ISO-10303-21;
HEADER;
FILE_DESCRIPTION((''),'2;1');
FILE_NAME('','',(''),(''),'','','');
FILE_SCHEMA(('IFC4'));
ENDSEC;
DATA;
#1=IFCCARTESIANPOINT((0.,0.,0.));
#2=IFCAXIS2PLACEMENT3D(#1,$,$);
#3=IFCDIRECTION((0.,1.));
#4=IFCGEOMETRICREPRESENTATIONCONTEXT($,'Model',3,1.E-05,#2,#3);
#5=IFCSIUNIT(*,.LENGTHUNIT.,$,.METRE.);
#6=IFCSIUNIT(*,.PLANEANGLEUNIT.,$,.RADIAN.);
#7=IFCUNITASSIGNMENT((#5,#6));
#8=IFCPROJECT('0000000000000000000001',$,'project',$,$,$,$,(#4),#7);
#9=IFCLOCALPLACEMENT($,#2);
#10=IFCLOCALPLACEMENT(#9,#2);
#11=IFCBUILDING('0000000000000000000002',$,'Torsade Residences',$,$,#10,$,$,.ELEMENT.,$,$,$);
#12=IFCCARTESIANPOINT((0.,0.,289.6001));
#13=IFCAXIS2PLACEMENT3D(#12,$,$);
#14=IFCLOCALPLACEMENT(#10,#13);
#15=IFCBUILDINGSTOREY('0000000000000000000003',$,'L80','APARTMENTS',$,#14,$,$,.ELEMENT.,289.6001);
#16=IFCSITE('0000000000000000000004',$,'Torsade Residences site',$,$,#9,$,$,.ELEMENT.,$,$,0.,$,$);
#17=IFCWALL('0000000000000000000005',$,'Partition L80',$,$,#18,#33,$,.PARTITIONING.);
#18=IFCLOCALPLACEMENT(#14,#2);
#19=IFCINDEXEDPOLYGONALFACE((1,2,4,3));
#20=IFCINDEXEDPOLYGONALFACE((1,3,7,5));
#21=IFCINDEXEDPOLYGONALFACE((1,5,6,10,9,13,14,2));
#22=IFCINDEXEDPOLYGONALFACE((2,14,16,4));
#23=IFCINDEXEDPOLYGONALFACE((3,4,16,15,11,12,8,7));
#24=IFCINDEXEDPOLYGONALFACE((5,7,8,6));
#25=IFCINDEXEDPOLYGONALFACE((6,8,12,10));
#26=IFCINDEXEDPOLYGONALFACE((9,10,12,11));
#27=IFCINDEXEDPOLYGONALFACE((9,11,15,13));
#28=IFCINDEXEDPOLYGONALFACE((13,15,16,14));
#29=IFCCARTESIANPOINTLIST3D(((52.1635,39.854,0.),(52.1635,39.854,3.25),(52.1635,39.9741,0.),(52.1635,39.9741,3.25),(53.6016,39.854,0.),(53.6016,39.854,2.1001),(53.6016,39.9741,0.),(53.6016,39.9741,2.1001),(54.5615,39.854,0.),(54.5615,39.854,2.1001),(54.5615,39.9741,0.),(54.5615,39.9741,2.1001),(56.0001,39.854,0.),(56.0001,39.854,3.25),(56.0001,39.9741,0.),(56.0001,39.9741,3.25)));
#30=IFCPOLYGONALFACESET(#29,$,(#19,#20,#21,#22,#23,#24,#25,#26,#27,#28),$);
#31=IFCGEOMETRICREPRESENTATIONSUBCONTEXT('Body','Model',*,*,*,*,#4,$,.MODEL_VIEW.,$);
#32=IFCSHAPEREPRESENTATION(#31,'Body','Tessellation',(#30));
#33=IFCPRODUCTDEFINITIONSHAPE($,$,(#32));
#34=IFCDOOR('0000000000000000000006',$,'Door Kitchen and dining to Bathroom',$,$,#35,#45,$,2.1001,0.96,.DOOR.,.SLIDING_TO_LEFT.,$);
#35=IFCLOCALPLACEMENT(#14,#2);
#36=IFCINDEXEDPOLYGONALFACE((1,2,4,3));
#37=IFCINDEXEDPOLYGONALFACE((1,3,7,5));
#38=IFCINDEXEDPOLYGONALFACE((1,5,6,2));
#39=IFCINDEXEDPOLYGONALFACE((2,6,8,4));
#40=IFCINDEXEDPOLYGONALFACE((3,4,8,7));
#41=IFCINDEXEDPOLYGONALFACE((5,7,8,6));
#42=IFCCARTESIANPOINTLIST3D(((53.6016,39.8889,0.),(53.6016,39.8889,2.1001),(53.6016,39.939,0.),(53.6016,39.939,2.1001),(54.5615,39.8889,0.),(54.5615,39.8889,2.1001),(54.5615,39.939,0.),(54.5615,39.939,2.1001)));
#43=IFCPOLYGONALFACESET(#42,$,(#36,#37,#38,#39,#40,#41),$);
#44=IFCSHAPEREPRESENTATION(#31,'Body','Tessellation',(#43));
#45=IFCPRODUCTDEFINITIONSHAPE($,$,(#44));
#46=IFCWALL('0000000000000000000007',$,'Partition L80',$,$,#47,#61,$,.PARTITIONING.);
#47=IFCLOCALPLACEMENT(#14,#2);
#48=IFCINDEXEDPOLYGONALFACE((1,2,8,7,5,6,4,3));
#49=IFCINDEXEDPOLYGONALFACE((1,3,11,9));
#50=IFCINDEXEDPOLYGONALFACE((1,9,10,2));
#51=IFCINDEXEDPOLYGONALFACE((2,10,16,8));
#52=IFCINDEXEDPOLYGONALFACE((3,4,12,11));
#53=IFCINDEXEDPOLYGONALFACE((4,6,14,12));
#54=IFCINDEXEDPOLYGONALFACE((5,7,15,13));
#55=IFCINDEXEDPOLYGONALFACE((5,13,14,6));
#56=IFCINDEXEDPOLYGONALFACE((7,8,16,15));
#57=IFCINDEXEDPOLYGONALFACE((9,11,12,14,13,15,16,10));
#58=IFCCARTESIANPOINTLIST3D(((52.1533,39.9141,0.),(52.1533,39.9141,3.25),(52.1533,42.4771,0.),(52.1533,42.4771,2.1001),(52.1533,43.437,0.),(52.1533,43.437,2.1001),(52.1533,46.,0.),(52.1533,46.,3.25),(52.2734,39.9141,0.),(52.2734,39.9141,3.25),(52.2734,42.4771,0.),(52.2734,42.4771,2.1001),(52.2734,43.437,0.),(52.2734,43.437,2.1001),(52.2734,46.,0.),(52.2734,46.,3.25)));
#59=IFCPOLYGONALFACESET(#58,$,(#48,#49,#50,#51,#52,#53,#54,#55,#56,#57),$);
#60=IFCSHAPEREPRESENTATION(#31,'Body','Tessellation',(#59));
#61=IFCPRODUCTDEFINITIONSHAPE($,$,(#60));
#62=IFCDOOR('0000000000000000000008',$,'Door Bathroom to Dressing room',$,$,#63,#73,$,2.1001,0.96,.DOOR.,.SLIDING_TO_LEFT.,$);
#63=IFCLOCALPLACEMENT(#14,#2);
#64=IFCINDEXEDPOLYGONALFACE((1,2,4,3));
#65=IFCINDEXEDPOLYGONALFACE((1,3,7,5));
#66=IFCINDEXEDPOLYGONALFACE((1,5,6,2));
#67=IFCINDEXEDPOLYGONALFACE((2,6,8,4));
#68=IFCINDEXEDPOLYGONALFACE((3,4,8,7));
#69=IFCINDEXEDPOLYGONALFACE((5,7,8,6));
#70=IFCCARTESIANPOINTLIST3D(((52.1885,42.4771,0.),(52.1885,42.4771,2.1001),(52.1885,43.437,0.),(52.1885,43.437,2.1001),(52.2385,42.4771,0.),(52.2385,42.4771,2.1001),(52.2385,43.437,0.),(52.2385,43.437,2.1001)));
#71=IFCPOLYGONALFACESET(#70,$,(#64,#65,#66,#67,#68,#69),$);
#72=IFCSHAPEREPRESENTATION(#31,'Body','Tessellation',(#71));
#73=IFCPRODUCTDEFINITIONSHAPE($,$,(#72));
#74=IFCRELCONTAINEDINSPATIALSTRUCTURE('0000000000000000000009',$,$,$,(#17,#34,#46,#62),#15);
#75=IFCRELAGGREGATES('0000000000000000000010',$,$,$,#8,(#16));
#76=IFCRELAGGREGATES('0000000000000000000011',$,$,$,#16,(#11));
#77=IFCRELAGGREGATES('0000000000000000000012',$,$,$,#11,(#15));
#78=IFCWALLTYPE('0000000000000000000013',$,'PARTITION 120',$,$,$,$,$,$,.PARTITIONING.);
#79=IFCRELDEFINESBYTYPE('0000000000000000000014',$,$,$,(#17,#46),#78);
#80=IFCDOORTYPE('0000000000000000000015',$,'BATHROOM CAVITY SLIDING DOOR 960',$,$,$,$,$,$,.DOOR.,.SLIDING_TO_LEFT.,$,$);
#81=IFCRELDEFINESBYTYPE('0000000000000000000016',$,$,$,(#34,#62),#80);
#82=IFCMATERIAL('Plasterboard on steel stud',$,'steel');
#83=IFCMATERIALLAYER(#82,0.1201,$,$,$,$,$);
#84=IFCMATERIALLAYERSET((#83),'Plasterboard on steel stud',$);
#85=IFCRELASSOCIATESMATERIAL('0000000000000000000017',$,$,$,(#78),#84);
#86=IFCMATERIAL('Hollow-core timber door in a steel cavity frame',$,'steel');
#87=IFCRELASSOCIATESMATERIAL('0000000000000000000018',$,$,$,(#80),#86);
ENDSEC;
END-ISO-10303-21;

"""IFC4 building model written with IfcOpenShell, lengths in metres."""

from ifc_helpers import new_model, si_unit, direction, frame, frame_2d, origin, place, context, subcontext, project, spatial, rectangle, extrude, material, layer, layer_set, type_object, element, fill, save


model = new_model("IFC4")

# Units and contexts
model_context = context("Model", 3, precision=1e-05, world=origin(), true_north=direction((0.0, 1.0)))
body_context = subcontext(model_context, "Body", "Model", "MODEL_VIEW")
ifc_project = project(units=[si_unit("LENGTHUNIT", "METRE"), si_unit("PLANEANGLEUNIT", "RADIAN")], contexts=[model_context])

# Site, building, storey
site_placement = place(None, origin())
site = spatial("IfcSite", under=ifc_project, at=site_placement, Name="Torsade Residences site", CompositionType="ELEMENT", RefElevation=0.0)
building_placement = place(site_placement, origin())
building = spatial("IfcBuilding", under=site, at=building_placement, Name="Torsade Residences", CompositionType="ELEMENT")
storey_placement = place(building_placement, frame((0.0, 0.0, 289.6001)))
storey = spatial("IfcBuildingStorey", under=building, at=storey_placement, Name="L80", Description="APARTMENTS", CompositionType="ELEMENT", Elevation=289.6001)

# Walls, openings, doors
ifc_material_1 = material(Name="Plasterboard on steel stud", Category="steel")
ifc_layer_1 = layer(ifc_material_1, 0.1201)
ifc_layer_set_1 = layer_set([ifc_layer_1], Name="Plasterboard on steel stud")
wall_type_1 = type_object("IfcWallType", Name="PARTITION 120", PredefinedType="PARTITIONING", material=ifc_layer_set_1)
wall_1_placement = place(storey_placement, frame((52.1633, 39.9141, 0.0), z_axis=(0.0, 0.0, 1.0), x_axis=(1.0, 0.0, 0.0)))
wall_1 = element("IfcWall", 1, at=wall_1_placement, inside=storey, type_object=wall_type_1, Name="Partition L80", PredefinedType="PARTITIONING", context=body_context, shape_type="SweptSolid", body=[
    extrude(rectangle(XDim=3.8367, YDim=0.1201, at=frame_2d((1.9185, 0.0))), origin(), (0.0, 0.0, 1.0), 3.25),
])
opening_1_placement = place(wall_1_placement, frame((1.4382, 0.0, 0.0)))
opening_1 = element("IfcOpeningElement", 2, at=opening_1_placement, cuts=wall_1, PredefinedType="OPENING", context=body_context, shape_type="SweptSolid", body=[
    extrude(rectangle(XDim=0.96, YDim=2.1001, at=frame_2d((0.48, 1.05))), frame((0.0, 0.0701, 0.0), z_axis=(0.0, -1.0, 0.0), x_axis=(1.0, 0.0, 0.0)), (0.0, 0.0, 1.0), 0.1401),
])
ifc_material_2 = material(Name="Hollow-core timber door in a steel cavity frame", Category="steel")
door_type_1 = type_object("IfcDoorType", Name="BATHROOM CAVITY SLIDING DOOR 960", OperationType="SLIDING_TO_LEFT", PredefinedType="DOOR", material=ifc_material_2)
door_1_placement = place(opening_1_placement, origin())
door_1 = element("IfcDoor", 3, at=door_1_placement, inside=storey, type_object=door_type_1, Name="Door Kitchen and dining to Bathroom", OperationType="SLIDING_TO_LEFT", OverallHeight=2.1001, OverallWidth=0.96, PredefinedType="DOOR", context=body_context, shape_type="SweptSolid", body=[
    extrude(rectangle(XDim=0.96, YDim=2.1001, at=frame_2d((0.48, 1.05))), frame((0.0, 0.0249, 0.0), z_axis=(0.0, -1.0, 0.0), x_axis=(1.0, 0.0, 0.0)), (0.0, 0.0, 1.0), 0.05),
])
fill(opening_1, door_1)
wall_2_placement = place(storey_placement, frame((52.2134, 39.9141, 0.0), z_axis=(0.0, 0.0, 1.0), x_axis=(0.0, 1.0, 0.0)))
wall_2 = element("IfcWall", 4, at=wall_2_placement, inside=storey, type_object=wall_type_1, Name="Partition L80", PredefinedType="PARTITIONING", context=body_context, shape_type="SweptSolid", body=[
    extrude(rectangle(XDim=6.0859, YDim=0.1201, at=frame_2d((3.043, 0.0))), origin(), (0.0, 0.0, 1.0), 3.25),
])
opening_2_placement = place(wall_2_placement, frame((2.563, 0.0, 0.0)))
opening_2 = element("IfcOpeningElement", 5, at=opening_2_placement, cuts=wall_2, PredefinedType="OPENING", context=body_context, shape_type="SweptSolid", body=[
    extrude(rectangle(XDim=0.96, YDim=2.1001, at=frame_2d((0.48, 1.05))), frame((0.0, 0.0701, 0.0), z_axis=(0.0, -1.0, 0.0), x_axis=(1.0, 0.0, 0.0)), (0.0, 0.0, 1.0), 0.1401),
])
door_2_placement = place(opening_2_placement, origin())
door_2 = element("IfcDoor", 6, at=door_2_placement, inside=storey, type_object=door_type_1, Name="Door Bathroom to Dressing room", OperationType="SLIDING_TO_LEFT", OverallHeight=2.1001, OverallWidth=0.96, PredefinedType="DOOR", context=body_context, shape_type="SweptSolid", body=[
    extrude(rectangle(XDim=0.96, YDim=2.1001, at=frame_2d((0.48, 1.05))), frame((0.0, 0.0249, 0.0), z_axis=(0.0, -1.0, 0.0), x_axis=(1.0, 0.0, 0.0)), (0.0, 0.0, 1.0), 0.05),
])
fill(opening_2, door_2)

save(model, "model.ifc")
